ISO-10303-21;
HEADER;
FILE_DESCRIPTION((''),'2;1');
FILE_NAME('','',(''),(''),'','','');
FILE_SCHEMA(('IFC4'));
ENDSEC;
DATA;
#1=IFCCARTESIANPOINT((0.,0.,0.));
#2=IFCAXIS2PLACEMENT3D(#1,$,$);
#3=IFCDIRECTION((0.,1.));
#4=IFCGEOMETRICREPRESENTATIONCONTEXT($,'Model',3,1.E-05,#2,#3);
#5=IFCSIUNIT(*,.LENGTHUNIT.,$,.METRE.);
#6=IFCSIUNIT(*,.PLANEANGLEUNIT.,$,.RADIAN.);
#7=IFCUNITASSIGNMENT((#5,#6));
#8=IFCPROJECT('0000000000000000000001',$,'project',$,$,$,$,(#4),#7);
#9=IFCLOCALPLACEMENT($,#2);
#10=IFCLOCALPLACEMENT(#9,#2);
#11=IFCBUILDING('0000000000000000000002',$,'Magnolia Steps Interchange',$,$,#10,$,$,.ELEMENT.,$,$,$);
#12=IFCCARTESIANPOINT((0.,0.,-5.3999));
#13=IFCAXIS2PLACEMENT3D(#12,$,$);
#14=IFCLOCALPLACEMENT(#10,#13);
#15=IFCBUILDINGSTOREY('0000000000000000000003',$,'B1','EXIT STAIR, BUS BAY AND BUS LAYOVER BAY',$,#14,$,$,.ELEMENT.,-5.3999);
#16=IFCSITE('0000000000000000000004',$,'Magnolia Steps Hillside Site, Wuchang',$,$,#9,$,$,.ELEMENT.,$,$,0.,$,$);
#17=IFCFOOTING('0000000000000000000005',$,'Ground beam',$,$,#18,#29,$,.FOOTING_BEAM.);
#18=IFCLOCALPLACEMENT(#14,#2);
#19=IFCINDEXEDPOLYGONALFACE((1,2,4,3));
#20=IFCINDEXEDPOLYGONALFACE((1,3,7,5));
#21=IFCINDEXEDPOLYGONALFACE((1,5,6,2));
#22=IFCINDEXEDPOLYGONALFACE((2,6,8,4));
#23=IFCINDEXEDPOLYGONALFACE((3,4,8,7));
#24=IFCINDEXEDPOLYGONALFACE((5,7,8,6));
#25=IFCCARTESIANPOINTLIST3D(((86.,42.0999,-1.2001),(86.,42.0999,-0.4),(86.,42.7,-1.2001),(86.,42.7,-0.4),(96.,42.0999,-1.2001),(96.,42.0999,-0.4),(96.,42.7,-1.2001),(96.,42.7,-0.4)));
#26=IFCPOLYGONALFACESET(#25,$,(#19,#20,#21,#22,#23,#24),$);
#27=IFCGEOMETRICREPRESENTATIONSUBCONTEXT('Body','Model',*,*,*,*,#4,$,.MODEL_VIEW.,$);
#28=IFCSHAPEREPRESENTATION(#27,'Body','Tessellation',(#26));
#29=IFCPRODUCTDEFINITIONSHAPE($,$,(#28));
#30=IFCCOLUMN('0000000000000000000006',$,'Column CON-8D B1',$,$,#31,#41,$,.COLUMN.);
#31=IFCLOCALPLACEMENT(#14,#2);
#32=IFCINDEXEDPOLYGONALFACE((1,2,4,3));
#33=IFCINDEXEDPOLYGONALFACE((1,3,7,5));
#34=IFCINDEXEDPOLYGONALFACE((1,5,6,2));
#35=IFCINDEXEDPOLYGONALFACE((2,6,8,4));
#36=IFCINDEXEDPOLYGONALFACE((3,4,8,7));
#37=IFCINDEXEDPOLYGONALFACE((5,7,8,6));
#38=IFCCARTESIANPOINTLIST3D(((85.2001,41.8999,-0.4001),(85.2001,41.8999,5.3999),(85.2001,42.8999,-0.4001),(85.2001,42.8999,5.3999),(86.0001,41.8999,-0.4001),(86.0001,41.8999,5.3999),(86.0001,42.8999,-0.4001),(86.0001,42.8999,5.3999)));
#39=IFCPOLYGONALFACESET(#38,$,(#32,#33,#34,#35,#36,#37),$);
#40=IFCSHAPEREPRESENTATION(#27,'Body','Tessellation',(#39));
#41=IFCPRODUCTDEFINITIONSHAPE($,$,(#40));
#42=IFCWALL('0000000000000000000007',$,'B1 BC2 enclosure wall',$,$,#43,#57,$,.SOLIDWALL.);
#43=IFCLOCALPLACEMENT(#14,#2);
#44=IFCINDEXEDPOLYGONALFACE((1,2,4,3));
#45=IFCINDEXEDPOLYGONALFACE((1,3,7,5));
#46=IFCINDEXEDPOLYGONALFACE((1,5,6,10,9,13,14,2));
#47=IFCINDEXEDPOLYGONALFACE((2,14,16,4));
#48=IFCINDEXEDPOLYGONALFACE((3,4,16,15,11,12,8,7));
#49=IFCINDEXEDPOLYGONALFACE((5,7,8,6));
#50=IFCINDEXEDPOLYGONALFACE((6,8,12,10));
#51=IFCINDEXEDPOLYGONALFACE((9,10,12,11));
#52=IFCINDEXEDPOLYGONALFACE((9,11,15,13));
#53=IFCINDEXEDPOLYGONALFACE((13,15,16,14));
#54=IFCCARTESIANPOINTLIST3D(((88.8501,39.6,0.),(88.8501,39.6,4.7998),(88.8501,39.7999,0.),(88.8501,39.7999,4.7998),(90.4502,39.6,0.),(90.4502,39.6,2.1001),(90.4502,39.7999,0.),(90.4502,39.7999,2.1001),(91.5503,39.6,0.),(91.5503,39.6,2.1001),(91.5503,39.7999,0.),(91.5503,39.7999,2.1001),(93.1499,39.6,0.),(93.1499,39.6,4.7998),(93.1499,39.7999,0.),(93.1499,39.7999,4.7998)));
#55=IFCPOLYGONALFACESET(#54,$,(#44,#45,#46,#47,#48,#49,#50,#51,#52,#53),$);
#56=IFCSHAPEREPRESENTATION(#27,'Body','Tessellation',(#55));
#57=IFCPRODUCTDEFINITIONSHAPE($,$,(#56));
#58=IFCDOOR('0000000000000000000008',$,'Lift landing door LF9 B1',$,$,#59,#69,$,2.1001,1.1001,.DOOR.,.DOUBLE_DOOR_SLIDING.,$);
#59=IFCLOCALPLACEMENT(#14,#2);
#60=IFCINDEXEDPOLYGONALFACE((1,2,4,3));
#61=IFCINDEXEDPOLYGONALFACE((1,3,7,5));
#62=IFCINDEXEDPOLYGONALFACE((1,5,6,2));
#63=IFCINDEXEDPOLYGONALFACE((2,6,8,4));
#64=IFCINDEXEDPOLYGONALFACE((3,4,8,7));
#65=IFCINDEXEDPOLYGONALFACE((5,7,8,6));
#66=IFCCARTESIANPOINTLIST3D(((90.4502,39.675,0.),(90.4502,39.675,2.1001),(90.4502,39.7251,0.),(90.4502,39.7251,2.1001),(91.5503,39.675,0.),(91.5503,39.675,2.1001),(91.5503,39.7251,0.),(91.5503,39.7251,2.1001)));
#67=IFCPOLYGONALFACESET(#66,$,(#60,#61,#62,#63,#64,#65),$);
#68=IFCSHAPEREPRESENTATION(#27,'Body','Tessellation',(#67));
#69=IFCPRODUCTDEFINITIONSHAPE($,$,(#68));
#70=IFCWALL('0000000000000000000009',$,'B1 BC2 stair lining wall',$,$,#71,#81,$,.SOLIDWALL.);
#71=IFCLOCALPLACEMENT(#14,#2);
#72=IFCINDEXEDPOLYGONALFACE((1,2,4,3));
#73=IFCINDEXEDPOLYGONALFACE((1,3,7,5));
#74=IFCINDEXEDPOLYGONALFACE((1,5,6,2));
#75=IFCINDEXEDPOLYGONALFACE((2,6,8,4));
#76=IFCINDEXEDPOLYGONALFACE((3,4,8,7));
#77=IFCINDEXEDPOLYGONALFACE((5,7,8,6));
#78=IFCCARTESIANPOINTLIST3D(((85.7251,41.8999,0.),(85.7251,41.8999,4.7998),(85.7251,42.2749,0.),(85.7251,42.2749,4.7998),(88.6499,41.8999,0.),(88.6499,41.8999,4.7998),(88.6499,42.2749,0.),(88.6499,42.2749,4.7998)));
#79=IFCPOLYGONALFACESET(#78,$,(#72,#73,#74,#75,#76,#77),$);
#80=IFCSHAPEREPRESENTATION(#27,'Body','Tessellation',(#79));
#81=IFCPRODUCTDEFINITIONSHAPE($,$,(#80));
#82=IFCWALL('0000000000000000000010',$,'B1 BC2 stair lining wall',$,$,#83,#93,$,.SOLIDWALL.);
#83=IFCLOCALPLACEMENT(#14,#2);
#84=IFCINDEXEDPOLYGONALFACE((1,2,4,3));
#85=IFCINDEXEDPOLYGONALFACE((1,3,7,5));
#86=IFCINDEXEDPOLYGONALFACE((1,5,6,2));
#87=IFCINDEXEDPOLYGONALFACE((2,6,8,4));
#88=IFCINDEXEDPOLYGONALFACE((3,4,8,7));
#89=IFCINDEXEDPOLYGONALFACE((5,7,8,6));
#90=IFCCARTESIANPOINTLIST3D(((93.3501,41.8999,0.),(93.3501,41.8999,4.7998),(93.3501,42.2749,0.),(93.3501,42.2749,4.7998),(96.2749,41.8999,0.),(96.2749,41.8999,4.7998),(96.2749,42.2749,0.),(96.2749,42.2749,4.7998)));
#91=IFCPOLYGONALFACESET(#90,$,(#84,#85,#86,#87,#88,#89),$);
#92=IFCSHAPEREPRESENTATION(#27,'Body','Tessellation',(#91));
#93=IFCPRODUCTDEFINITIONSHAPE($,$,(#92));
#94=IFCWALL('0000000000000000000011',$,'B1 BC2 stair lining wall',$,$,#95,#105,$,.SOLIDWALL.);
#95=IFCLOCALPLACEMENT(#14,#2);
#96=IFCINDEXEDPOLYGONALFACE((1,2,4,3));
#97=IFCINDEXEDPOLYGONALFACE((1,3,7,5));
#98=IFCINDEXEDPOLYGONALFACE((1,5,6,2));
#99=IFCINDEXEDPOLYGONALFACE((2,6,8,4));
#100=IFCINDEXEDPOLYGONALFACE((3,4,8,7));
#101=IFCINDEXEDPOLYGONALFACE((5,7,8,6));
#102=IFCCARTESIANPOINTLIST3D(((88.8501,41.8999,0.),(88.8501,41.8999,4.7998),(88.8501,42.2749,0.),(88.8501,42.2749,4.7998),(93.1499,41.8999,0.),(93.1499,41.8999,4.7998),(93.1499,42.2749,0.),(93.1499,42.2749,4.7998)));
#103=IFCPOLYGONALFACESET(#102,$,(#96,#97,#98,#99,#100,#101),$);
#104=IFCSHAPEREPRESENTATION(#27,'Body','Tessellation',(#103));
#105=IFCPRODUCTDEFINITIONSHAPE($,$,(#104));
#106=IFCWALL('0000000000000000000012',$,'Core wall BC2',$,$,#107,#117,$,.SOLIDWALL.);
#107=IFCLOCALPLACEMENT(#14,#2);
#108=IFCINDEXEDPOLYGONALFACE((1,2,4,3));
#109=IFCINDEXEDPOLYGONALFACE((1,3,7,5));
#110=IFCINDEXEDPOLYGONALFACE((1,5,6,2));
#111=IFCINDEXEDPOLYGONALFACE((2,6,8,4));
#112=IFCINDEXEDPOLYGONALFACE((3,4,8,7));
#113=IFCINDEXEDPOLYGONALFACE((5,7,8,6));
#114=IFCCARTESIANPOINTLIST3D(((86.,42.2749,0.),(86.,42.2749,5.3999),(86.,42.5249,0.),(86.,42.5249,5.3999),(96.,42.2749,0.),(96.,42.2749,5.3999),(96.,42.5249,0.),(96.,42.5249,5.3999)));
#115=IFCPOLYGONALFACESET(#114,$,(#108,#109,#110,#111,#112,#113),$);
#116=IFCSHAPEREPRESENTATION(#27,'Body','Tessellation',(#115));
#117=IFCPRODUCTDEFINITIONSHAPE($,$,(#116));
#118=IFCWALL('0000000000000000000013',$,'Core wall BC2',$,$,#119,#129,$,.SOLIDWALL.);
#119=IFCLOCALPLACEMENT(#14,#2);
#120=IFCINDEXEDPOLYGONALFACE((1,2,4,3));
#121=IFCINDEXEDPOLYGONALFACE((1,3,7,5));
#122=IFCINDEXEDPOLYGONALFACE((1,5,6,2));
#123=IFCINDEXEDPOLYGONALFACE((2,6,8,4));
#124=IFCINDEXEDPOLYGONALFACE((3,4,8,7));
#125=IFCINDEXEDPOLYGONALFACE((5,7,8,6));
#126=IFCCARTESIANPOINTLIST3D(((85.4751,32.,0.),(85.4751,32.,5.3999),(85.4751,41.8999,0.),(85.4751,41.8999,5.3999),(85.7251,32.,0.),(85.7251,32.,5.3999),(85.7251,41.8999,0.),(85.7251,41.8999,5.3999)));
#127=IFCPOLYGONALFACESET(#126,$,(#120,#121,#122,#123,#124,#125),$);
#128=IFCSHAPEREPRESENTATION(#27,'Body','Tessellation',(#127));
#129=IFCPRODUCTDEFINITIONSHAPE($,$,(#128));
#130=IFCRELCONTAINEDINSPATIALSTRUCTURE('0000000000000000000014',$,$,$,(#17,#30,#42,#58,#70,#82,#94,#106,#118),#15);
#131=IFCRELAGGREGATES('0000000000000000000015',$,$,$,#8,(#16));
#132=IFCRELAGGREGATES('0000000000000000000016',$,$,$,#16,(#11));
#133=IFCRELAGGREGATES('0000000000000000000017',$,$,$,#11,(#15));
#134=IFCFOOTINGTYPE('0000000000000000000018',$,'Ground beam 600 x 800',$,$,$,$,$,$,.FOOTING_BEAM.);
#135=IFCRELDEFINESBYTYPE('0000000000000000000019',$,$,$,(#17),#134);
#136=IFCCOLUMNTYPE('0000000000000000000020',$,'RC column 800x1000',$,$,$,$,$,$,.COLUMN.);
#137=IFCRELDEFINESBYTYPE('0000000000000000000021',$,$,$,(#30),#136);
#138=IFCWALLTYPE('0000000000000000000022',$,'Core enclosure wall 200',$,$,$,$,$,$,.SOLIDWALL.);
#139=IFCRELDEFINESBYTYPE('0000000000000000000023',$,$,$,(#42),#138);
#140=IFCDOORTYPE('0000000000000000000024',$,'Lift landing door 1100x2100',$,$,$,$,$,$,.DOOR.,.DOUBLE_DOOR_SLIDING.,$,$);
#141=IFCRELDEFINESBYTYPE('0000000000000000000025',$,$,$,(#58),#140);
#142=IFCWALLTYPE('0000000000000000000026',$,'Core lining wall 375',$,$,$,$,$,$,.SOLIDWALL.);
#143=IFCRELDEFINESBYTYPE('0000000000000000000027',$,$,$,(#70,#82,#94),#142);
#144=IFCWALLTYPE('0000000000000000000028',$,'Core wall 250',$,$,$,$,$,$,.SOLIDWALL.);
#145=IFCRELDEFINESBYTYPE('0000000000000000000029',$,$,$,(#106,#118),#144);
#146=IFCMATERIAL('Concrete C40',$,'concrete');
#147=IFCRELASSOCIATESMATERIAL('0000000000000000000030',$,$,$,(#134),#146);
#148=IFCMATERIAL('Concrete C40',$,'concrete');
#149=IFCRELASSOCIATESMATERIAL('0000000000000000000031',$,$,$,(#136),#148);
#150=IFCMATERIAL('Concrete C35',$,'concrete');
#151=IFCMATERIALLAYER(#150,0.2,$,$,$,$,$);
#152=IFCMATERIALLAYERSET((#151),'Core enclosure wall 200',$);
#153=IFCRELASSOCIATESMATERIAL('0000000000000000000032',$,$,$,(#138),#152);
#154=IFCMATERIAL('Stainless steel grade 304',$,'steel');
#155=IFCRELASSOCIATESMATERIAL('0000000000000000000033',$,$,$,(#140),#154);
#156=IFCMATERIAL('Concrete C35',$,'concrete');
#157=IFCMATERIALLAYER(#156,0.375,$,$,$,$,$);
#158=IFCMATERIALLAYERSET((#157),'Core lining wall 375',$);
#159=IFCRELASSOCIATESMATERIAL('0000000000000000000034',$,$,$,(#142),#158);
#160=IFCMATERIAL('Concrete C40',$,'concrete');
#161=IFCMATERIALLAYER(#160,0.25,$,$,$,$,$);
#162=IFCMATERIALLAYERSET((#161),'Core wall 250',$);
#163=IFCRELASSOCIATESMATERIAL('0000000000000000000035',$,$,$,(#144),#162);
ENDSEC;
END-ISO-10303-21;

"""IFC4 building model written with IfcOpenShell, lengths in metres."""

from ifc_helpers import new_model, si_unit, direction, frame, frame_2d, origin, origin_2d, place, context, subcontext, project, spatial, rectangle, extrude, material, layer, layer_set, material_profile, profile_set, type_object, element, fill, save


model = new_model("IFC4")

# Units and contexts
model_context = context("Model", 3, precision=1e-05, world=origin(), true_north=direction((0.0, 1.0)))
body_context = subcontext(model_context, "Body", "Model", "MODEL_VIEW")
ifc_project = project(units=[si_unit("LENGTHUNIT", "METRE"), si_unit("PLANEANGLEUNIT", "RADIAN")], contexts=[model_context])

# Site, building, storey
site_placement = place(None, origin())
site = spatial("IfcSite", under=ifc_project, at=site_placement, Name="Magnolia Steps Hillside Site, Wuchang", CompositionType="ELEMENT", RefElevation=0.0)
building_placement = place(site_placement, origin())
building = spatial("IfcBuilding", under=site, at=building_placement, Name="Magnolia Steps Interchange", CompositionType="ELEMENT")
storey_placement = place(building_placement, frame((0.0, 0.0, -5.3999)))
storey = spatial("IfcBuildingStorey", under=building, at=storey_placement, Name="B1", Description="EXIT STAIR, BUS BAY AND BUS LAYOVER BAY", CompositionType="ELEMENT", Elevation=-5.3999)

# Footing
ifc_material_1 = material(Name="Concrete C40", Category="concrete")
ifc_material_profile_1 = material_profile(ifc_material_1, rectangle(XDim=0.6001, YDim=0.8, at=origin_2d()), Name="RC600x800")
ifc_profile_set_1 = profile_set([ifc_material_profile_1], Name="Concrete C40")
footing_type = type_object("IfcFootingType", Name="Ground beam 600 x 800", PredefinedType="FOOTING_BEAM", material=ifc_profile_set_1)
footing_placement = place(storey_placement, frame((86.0, 42.3999, -0.8), z_axis=(1.0, 0.0, 0.0), x_axis=(0.0, 1.0, 0.0)))
element("IfcFooting", 1, at=footing_placement, inside=storey, type_object=footing_type, Name="Ground beam", PredefinedType="FOOTING_BEAM", context=body_context, shape_type="SweptSolid", body=[
    extrude(rectangle(XDim=0.6001, YDim=0.8, at=origin_2d()), origin(), (0.0, 0.0, 1.0), 10.0),
])

# Column
ifc_material_2 = material(Name="Concrete C40", Category="concrete")
ifc_material_profile_2 = material_profile(ifc_material_2, rectangle(XDim=0.8, YDim=1.0, at=origin_2d()), Name="RC800x1000")
ifc_profile_set_2 = profile_set([ifc_material_profile_2], Name="Concrete C40")
column_type = type_object("IfcColumnType", Name="RC column 800x1000", PredefinedType="COLUMN", material=ifc_profile_set_2)
column_placement = place(storey_placement, frame((85.6001, 42.3999, -0.4001), z_axis=(0.0, 0.0, 1.0), x_axis=(1.0, 0.0, 0.0)))
element("IfcColumn", 2, at=column_placement, inside=storey, type_object=column_type, Name="Column CON-8D B1", PredefinedType="COLUMN", context=body_context, shape_type="SweptSolid", body=[
    extrude(rectangle(XDim=0.8, YDim=1.0, at=origin_2d()), origin(), (0.0, 0.0, 1.0), 5.8),
])

# Wall, opening, door
ifc_material_3 = material(Name="Concrete C35", Category="concrete")
ifc_layer_1 = layer(ifc_material_3, 0.2)
ifc_layer_set_1 = layer_set([ifc_layer_1], Name="Core enclosure wall 200")
wall_type_1 = type_object("IfcWallType", Name="Core enclosure wall 200", PredefinedType="SOLIDWALL", material=ifc_layer_set_1)
wall_1_placement = place(storey_placement, frame((88.8501, 39.7, 0.0), z_axis=(0.0, 0.0, 1.0), x_axis=(1.0, 0.0, 0.0)))
wall_1 = element("IfcWall", 3, at=wall_1_placement, inside=storey, type_object=wall_type_1, Name="B1 BC2 enclosure wall", PredefinedType="SOLIDWALL", context=body_context, shape_type="SweptSolid", body=[
    extrude(rectangle(XDim=4.2998, YDim=0.2, at=frame_2d((2.1499, 0.0))), origin(), (0.0, 0.0, 1.0), 4.7998),
])
opening_placement = place(wall_1_placement, frame((1.6001, 0.0, 0.0)))
opening = element("IfcOpeningElement", 4, at=opening_placement, cuts=wall_1, PredefinedType="OPENING", context=body_context, shape_type="SweptSolid", body=[
    extrude(rectangle(XDim=1.1001, YDim=2.1001, at=frame_2d((0.55, 1.05))), frame((0.0, 0.1099, 0.0), z_axis=(0.0, -1.0, 0.0), x_axis=(1.0, 0.0, 0.0)), (0.0, 0.0, 1.0), 0.22),
])
ifc_material_4 = material(Name="Stainless steel grade 304", Category="steel")
door_type = type_object("IfcDoorType", Name="Lift landing door 1100x2100", OperationType="DOUBLE_DOOR_SLIDING", PredefinedType="DOOR", material=ifc_material_4)
door_placement = place(opening_placement, frame((1.1001, 0.0, 0.0), z_axis=(0.0, 0.0, 1.0), x_axis=(-1.0, 0.0, 0.0)))
door = element("IfcDoor", 5, at=door_placement, inside=storey, type_object=door_type, Name="Lift landing door LF9 B1", OperationType="DOUBLE_DOOR_SLIDING", OverallHeight=2.1001, OverallWidth=1.1001, PredefinedType="DOOR", context=body_context, shape_type="SweptSolid", body=[
    extrude(rectangle(XDim=1.1001, YDim=2.1001, at=frame_2d((0.55, 1.05))), frame((0.0, 0.0249, 0.0), z_axis=(0.0, -1.0, 0.0), x_axis=(1.0, 0.0, 0.0)), (0.0, 0.0, 1.0), 0.05),
])
fill(opening, door)

# Walls
ifc_material_5 = material(Name="Concrete C35", Category="concrete")
ifc_layer_2 = layer(ifc_material_5, 0.375)
ifc_layer_set_2 = layer_set([ifc_layer_2], Name="Core lining wall 375")
wall_type_2 = type_object("IfcWallType", Name="Core lining wall 375", PredefinedType="SOLIDWALL", material=ifc_layer_set_2)
for number, where, z_axis, x_axis, name in (
    (6, (85.7251, 42.0874, 0.0), (0.0, 0.0, 1.0), (1.0, 0.0, 0.0), "B1 BC2 stair lining wall"),
    (7, (93.3501, 42.0874, 0.0), (0.0, 0.0, 1.0), (1.0, 0.0, 0.0), "B1 BC2 stair lining wall"),
):
    element("IfcWall", number, at=place(storey_placement, frame(where, z_axis=z_axis, x_axis=x_axis)), inside=storey, type_object=wall_type_2, Name=name, PredefinedType="SOLIDWALL", context=body_context, shape_type="SweptSolid", body=[
        extrude(rectangle(XDim=2.9248, YDim=0.375, at=frame_2d((1.4624, 0.0))), origin(), (0.0, 0.0, 1.0), 4.7998),
    ])
wall_2_placement = place(storey_placement, frame((88.8501, 42.0874, 0.0), z_axis=(0.0, 0.0, 1.0), x_axis=(1.0, 0.0, 0.0)))
element("IfcWall", 8, at=wall_2_placement, inside=storey, type_object=wall_type_2, Name="B1 BC2 stair lining wall", PredefinedType="SOLIDWALL", context=body_context, shape_type="SweptSolid", body=[
    extrude(rectangle(XDim=4.2998, YDim=0.375, at=frame_2d((2.1499, 0.0))), origin(), (0.0, 0.0, 1.0), 4.7998),
])
ifc_material_6 = material(Name="Concrete C40", Category="concrete")
ifc_layer_3 = layer(ifc_material_6, 0.25)
ifc_layer_set_3 = layer_set([ifc_layer_3], Name="Core wall 250")
wall_type_3 = type_object("IfcWallType", Name="Core wall 250", PredefinedType="SOLIDWALL", material=ifc_layer_set_3)
wall_3_placement = place(storey_placement, frame((96.0, 42.3999, 0.0), z_axis=(0.0, 0.0, 1.0), x_axis=(-1.0, 0.0, 0.0)))
element("IfcWall", 9, at=wall_3_placement, inside=storey, type_object=wall_type_3, Name="Core wall BC2", PredefinedType="SOLIDWALL", context=body_context, shape_type="SweptSolid", body=[
    extrude(rectangle(XDim=10.0, YDim=0.25, at=frame_2d((5.0, 0.0))), origin(), (0.0, 0.0, 1.0), 5.3999),
])
wall_4_placement = place(storey_placement, frame((85.6001, 41.8999, 0.0), z_axis=(0.0, 0.0, 1.0), x_axis=(0.0, -1.0, 0.0)))
element("IfcWall", 10, at=wall_4_placement, inside=storey, type_object=wall_type_3, Name="Core wall BC2", PredefinedType="SOLIDWALL", context=body_context, shape_type="SweptSolid", body=[
    extrude(rectangle(XDim=9.8999, YDim=0.25, at=frame_2d((4.95, 0.0))), origin(), (0.0, 0.0, 1.0), 5.3999),
])

save(model, "model.ifc")
